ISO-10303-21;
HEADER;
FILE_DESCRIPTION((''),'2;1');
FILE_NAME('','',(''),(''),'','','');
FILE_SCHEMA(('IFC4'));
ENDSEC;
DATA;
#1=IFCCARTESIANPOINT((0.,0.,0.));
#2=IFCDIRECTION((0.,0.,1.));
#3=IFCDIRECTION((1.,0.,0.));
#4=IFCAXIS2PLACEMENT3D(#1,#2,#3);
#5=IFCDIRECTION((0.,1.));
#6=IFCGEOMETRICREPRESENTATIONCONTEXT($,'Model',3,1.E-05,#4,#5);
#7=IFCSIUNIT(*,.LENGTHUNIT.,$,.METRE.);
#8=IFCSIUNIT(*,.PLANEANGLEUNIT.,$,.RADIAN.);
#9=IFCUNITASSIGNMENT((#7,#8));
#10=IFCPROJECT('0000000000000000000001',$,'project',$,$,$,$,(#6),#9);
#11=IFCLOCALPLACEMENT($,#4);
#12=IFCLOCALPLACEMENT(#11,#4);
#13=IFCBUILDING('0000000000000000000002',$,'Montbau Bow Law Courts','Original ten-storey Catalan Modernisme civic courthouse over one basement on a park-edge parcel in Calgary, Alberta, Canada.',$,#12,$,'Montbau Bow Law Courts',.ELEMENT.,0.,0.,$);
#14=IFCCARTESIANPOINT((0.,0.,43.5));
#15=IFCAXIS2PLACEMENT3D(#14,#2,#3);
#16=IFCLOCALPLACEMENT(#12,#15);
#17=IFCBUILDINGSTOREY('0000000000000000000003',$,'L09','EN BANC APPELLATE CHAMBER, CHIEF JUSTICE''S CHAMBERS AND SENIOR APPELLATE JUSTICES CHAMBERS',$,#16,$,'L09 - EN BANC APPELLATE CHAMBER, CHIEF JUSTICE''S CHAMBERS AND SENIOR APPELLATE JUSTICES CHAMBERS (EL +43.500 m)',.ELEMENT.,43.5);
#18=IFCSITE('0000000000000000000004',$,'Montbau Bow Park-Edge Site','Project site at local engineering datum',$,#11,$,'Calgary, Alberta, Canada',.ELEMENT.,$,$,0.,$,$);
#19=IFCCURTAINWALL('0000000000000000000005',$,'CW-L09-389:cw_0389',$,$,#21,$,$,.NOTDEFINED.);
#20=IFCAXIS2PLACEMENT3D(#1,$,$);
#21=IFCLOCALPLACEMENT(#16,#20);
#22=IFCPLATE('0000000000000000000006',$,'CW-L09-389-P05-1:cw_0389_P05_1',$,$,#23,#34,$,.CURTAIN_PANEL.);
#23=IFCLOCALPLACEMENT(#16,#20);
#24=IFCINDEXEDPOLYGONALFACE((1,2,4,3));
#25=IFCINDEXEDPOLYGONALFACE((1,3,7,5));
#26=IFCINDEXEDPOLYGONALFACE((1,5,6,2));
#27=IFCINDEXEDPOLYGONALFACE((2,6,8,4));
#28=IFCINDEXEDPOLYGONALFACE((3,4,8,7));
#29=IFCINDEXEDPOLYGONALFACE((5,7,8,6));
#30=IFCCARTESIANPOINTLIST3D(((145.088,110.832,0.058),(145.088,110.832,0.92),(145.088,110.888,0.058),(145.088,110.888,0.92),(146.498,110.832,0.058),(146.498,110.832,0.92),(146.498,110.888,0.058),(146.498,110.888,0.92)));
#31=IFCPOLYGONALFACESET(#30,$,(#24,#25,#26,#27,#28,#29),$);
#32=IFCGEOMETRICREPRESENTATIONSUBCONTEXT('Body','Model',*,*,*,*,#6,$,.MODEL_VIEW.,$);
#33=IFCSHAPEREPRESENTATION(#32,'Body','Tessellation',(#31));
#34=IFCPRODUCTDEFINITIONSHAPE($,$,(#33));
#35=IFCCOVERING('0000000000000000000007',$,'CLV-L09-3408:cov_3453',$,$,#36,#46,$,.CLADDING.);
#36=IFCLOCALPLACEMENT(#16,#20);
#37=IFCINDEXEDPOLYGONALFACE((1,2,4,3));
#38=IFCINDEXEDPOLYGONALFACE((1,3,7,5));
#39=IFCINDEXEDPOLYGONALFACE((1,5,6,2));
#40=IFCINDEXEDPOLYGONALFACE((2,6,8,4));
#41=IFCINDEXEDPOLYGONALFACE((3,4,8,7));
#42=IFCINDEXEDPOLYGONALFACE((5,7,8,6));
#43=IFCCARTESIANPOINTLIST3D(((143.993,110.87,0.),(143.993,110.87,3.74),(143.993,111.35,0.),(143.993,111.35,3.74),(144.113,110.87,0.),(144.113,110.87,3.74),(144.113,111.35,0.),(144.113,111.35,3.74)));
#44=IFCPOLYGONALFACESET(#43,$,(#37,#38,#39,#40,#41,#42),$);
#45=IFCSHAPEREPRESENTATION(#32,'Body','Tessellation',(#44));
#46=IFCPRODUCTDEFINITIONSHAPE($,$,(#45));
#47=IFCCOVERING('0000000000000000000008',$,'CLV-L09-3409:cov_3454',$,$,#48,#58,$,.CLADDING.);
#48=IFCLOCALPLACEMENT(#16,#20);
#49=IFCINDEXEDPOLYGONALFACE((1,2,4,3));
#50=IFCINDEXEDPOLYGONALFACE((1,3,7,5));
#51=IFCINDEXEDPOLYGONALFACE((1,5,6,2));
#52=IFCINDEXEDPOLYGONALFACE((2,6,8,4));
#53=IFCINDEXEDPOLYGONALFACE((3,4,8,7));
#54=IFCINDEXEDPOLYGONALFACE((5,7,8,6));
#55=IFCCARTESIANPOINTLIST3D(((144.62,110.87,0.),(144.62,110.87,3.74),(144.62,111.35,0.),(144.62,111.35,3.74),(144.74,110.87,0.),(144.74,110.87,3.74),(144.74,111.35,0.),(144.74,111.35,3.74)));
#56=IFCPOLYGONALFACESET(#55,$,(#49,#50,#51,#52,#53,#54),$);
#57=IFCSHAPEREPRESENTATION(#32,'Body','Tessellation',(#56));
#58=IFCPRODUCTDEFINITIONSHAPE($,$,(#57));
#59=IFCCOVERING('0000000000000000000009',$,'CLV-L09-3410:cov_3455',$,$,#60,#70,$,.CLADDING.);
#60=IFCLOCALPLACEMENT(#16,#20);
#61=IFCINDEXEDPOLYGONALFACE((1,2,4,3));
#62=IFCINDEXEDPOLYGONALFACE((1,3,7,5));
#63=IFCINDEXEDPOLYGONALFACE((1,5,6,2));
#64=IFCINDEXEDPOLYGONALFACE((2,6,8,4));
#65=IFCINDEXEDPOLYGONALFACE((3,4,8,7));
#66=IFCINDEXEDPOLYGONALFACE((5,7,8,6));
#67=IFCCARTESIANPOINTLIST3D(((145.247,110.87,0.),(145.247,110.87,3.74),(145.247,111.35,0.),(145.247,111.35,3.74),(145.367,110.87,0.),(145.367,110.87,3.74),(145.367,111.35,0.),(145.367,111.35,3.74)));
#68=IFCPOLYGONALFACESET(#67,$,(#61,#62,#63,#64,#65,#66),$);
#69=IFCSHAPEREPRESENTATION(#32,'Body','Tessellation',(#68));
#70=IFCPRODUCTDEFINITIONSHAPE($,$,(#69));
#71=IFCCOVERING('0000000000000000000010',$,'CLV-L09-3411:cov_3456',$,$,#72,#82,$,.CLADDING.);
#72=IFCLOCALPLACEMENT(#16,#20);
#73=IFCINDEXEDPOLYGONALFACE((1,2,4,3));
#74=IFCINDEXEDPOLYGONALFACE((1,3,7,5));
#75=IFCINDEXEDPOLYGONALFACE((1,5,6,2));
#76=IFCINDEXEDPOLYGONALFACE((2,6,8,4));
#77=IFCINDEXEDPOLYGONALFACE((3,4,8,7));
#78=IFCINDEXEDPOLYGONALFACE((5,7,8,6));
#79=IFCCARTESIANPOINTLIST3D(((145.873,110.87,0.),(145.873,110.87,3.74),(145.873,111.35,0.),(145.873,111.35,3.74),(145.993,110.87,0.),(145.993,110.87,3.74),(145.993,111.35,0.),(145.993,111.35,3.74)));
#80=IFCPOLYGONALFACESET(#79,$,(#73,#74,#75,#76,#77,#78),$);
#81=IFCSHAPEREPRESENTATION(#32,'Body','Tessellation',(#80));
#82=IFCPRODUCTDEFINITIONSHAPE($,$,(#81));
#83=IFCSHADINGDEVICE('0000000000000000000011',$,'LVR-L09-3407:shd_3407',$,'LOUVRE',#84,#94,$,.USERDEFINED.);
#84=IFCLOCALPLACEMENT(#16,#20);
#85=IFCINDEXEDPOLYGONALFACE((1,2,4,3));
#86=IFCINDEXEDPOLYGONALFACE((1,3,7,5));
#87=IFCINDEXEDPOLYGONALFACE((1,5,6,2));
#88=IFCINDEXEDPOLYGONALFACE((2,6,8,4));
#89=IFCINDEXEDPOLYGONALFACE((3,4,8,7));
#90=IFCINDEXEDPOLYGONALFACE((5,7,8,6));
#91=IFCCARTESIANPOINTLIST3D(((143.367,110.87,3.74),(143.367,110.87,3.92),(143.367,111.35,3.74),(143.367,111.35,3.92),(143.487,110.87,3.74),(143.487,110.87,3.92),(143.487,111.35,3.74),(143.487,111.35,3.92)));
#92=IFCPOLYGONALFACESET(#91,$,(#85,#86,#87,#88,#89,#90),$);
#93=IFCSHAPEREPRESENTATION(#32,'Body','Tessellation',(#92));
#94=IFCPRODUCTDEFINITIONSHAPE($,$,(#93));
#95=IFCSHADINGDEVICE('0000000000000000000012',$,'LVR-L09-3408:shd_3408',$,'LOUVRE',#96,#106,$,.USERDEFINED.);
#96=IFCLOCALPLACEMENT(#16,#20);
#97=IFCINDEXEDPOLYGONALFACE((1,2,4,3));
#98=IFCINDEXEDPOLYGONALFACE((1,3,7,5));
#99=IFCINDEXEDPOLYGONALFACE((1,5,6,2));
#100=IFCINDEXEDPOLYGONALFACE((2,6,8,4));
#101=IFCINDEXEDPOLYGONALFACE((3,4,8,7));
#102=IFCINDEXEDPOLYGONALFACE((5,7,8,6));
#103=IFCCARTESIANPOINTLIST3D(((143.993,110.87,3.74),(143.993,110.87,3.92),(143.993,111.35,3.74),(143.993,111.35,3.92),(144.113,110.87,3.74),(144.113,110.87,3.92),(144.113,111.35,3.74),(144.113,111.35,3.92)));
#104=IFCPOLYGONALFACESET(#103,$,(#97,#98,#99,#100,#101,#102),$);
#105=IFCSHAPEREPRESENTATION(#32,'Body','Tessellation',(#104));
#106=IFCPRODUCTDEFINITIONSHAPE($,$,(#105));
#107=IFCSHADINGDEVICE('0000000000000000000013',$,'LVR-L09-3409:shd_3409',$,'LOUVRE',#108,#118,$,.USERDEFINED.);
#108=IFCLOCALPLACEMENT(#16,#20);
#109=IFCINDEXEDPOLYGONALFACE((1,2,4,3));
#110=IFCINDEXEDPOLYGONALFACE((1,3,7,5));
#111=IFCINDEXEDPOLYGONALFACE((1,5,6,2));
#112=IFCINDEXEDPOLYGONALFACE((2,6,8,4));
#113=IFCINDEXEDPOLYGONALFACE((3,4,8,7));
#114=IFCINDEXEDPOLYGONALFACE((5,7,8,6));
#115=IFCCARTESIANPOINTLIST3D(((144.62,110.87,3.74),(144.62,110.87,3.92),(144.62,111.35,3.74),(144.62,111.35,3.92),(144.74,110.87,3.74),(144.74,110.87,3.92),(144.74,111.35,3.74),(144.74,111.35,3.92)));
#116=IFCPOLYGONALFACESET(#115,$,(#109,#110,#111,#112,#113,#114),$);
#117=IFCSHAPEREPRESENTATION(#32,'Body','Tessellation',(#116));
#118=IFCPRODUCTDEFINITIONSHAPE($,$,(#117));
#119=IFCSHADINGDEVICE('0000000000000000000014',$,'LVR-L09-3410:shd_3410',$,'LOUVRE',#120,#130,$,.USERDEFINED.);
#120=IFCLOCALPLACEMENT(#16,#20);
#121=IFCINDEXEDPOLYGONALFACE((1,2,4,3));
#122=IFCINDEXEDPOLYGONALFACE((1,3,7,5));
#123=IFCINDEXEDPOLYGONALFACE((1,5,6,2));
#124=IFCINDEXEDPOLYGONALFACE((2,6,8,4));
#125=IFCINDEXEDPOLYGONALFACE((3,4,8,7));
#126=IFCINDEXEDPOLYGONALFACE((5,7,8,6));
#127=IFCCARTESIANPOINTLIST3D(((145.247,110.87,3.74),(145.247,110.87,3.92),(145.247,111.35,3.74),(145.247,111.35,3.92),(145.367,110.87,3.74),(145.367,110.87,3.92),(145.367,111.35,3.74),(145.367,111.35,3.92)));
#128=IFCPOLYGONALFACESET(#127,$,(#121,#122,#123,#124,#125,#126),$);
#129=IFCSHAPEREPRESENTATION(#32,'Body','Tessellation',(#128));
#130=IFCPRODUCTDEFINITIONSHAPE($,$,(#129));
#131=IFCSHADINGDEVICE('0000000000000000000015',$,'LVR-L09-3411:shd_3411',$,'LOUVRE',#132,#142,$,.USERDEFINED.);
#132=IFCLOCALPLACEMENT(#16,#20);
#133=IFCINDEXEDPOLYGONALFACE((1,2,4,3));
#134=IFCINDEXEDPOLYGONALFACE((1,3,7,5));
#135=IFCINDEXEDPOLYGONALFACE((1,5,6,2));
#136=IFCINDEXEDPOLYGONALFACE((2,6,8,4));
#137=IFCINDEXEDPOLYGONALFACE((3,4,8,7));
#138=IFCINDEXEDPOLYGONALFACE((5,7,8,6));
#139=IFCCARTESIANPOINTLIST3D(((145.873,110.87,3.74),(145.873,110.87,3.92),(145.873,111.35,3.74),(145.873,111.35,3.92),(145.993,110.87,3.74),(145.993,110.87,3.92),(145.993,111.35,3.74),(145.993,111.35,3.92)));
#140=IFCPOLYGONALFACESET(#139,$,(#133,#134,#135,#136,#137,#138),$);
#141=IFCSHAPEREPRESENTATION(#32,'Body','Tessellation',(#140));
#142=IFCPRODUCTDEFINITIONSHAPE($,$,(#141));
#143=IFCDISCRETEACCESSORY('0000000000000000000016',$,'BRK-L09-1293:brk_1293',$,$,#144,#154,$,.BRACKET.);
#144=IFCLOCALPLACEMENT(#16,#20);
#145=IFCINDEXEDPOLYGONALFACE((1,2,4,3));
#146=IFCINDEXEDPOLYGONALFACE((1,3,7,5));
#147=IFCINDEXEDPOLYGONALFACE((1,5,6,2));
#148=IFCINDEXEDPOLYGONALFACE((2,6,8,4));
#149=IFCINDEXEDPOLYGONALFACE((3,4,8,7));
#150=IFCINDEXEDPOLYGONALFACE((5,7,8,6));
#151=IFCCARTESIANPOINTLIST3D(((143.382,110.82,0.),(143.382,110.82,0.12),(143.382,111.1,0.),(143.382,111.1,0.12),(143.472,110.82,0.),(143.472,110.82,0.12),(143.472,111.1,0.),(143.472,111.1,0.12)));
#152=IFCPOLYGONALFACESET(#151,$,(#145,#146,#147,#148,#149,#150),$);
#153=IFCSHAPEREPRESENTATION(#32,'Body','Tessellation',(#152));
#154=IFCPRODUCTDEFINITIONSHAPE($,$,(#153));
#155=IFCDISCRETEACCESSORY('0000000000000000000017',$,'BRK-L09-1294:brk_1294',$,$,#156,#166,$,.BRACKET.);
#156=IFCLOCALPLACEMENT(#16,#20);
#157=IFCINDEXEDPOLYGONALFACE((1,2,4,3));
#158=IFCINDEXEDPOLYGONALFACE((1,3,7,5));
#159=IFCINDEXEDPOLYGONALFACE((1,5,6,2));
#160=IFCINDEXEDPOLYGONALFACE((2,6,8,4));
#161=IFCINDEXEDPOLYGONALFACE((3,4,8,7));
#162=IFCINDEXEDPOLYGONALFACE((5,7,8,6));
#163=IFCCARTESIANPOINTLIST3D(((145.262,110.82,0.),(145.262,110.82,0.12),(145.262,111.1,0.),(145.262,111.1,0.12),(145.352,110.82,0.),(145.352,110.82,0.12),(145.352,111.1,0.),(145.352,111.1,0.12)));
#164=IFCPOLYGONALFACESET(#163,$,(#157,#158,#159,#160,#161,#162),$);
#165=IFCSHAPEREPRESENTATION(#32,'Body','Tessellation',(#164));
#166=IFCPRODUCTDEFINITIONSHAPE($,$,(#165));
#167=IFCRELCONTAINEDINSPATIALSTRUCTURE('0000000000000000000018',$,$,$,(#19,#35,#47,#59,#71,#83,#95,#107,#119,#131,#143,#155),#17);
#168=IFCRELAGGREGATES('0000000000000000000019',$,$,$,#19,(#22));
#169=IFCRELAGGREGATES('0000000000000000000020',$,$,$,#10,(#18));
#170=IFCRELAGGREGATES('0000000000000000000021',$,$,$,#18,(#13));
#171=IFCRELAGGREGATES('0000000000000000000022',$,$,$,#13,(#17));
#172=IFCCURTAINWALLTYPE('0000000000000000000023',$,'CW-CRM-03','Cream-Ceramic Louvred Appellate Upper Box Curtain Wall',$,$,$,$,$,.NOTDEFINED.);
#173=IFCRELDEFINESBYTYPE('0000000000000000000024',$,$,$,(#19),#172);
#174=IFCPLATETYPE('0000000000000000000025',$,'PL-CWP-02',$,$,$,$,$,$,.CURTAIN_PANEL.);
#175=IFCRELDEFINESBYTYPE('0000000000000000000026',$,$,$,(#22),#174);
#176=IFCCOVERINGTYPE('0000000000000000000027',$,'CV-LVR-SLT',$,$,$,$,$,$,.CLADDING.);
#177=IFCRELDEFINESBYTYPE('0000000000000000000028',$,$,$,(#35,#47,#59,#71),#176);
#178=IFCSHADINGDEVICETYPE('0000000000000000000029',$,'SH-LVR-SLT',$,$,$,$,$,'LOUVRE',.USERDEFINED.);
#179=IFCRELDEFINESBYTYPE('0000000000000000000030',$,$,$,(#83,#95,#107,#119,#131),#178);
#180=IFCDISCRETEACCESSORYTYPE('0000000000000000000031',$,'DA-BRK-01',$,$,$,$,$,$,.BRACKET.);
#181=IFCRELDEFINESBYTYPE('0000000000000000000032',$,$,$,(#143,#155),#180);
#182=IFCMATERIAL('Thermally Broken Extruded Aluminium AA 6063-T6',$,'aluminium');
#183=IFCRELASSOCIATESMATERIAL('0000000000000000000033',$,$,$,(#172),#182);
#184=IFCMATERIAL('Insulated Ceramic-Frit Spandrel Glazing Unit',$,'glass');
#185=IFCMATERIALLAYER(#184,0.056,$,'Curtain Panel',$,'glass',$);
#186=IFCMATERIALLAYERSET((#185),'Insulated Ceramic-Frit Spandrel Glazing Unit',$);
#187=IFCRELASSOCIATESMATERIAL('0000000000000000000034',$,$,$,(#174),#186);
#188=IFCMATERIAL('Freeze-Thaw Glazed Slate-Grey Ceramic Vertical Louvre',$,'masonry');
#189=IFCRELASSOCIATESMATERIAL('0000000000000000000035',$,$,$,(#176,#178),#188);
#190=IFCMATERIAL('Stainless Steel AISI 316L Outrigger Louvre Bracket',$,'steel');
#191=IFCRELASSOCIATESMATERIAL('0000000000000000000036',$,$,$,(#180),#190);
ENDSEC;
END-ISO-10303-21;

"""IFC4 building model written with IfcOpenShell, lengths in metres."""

from ifc_helpers import new_model, si_unit, direction, frame, frame_2d, origin_with_axes, origin_2d_with_axis, place, context, subcontext, project, spatial, rectangle, extrude, material, layer, layer_set, type_object, element, aggregate, save


model = new_model("IFC4")

# Units and contexts
model_context = context("Model", 3, precision=1e-05, world=origin_with_axes(), true_north=direction((0.0, 1.0)))
body_context = subcontext(model_context, "Body", "Model", "MODEL_VIEW")
ifc_project = project(units=[si_unit("LENGTHUNIT", "METRE"), si_unit("PLANEANGLEUNIT", "RADIAN")], contexts=[model_context])

# Site, building, storey
site_placement = place(None, origin_with_axes())
site = spatial("IfcSite", under=ifc_project, at=site_placement, Name="Montbau Bow Park-Edge Site", Description="Project site at local engineering datum", LongName="Calgary, Alberta, Canada", CompositionType="ELEMENT", RefElevation=0.0)
building_placement = place(site_placement, origin_with_axes())
building = spatial("IfcBuilding", under=site, at=building_placement, Name="Montbau Bow Law Courts", Description="Original ten-storey Catalan Modernisme civic courthouse over one basement on a park-edge parcel in Calgary, Alberta, Canada.", LongName="Montbau Bow Law Courts", CompositionType="ELEMENT", ElevationOfRefHeight=0.0, ElevationOfTerrain=0.0)
storey_placement = place(building_placement, frame((0.0, 0.0, 43.5), z_axis=(0.0, 0.0, 1.0), x_axis=(1.0, 0.0, 0.0)))
storey = spatial("IfcBuildingStorey", under=building, at=storey_placement, Name="L09", Description="EN BANC APPELLATE CHAMBER, CHIEF JUSTICE'S CHAMBERS AND SENIOR APPELLATE JUSTICES CHAMBERS", LongName="L09 - EN BANC APPELLATE CHAMBER, CHIEF JUSTICE'S CHAMBERS AND SENIOR APPELLATE JUSTICES CHAMBERS (EL +43.500 m)", CompositionType="ELEMENT", Elevation=43.5)

# Curtain wall, plate
ifc_material_1 = material(Name="Thermally Broken Extruded Aluminium AA 6063-T6", Category="aluminium")
curtain_wall_type = type_object("IfcCurtainWallType", Name="CW-CRM-03", Description="Cream-Ceramic Louvred Appellate Upper Box Curtain Wall", PredefinedType="NOTDEFINED", material=ifc_material_1)
curtain_wall_placement = place(None, frame((139.04, 110.86, 43.5), z_axis=(0.0, 0.0, 1.0), x_axis=(1.0, 0.0, 0.0)))
curtain_wall = element("IfcCurtainWall", 1, at=curtain_wall_placement, inside=storey, type_object=curtain_wall_type, Name="CW-L09-389:cw_0389", PredefinedType="NOTDEFINED")
ifc_material_2 = material(Name="Insulated Ceramic-Frit Spandrel Glazing Unit", Category="glass")
ifc_layer_1 = layer(ifc_material_2, 0.056, Name="Curtain Panel", Category="glass")
ifc_layer_set_1 = layer_set([ifc_layer_1], Name="Insulated Ceramic-Frit Spandrel Glazing Unit")
plate_type_1 = type_object("IfcPlateType", Name="PL-CWP-02", PredefinedType="CURTAIN_PANEL", material=ifc_layer_set_1)
plate_1_placement = place(None, frame((145.088, 110.86, 43.558), z_axis=(0.0, -1.0, 0.0), x_axis=(1.0, 0.0, 0.0)))
plate_1 = element("IfcPlate", 2, at=plate_1_placement, type_object=plate_type_1, Name="CW-L09-389-P05-1:cw_0389_P05_1", PredefinedType="CURTAIN_PANEL", context=body_context, shape_type="SweptSolid", body=[
    extrude(rectangle(XDim=1.41, YDim=0.862, at=frame_2d((0.705, 0.431), x_axis=(1.0, 0.0))), frame((0.0, 0.0, -0.028), z_axis=(0.0, 0.0, 1.0), x_axis=(1.0, 0.0, 0.0)), (0.0, 0.0, 1.0), 0.056),
])
aggregate(curtain_wall, [plate_1])

# Coverings
ifc_material_3 = material(Name="Freeze-Thaw Glazed Slate-Grey Ceramic Vertical Louvre", Category="masonry")
covering_type = type_object("IfcCoveringType", Name="CV-LVR-SLT", PredefinedType="CLADDING", material=ifc_material_3)
for number, where, z_axis, x_axis, name in (
    (3, (144.053, 110.87, 43.5), (1.0, 0.0, 0.0), (0.0, 1.0, 0.0), "CLV-L09-3408:cov_3453"),
    (4, (144.68, 110.87, 43.5), (1.0, 0.0, 0.0), (0.0, 1.0, 0.0), "CLV-L09-3409:cov_3454"),
    (5, (145.307, 110.87, 43.5), (1.0, 0.0, 0.0), (0.0, 1.0, 0.0), "CLV-L09-3410:cov_3455"),
    (6, (145.933, 110.87, 43.5), (1.0, 0.0, 0.0), (0.0, 1.0, 0.0), "CLV-L09-3411:cov_3456"),
):
    element("IfcCovering", number, at=place(None, frame(where, z_axis=z_axis, x_axis=x_axis)), inside=storey, type_object=covering_type, Name=name, PredefinedType="CLADDING", context=body_context, shape_type="SweptSolid", body=[
        extrude(rectangle(XDim=0.48, YDim=3.74, at=frame_2d((0.24, 1.87), x_axis=(1.0, 0.0))), frame((0.0, 0.0, -0.06), z_axis=(0.0, 0.0, 1.0), x_axis=(1.0, 0.0, 0.0)), (0.0, 0.0, 1.0), 0.12),
    ])

# Shading devices
shading_device_type = type_object("IfcShadingDeviceType", Name="SH-LVR-SLT", ElementType="LOUVRE", PredefinedType="USERDEFINED", material=ifc_material_3)
for number, where, z_axis, x_axis, name in (
    (7, (143.427, 111.11, 47.24), (0.0, 0.0, 1.0), (0.0, 1.0, 0.0), "LVR-L09-3407:shd_3407"),
    (8, (144.053, 111.11, 47.24), (0.0, 0.0, 1.0), (0.0, 1.0, 0.0), "LVR-L09-3408:shd_3408"),
    (9, (144.68, 111.11, 47.24), (0.0, 0.0, 1.0), (0.0, 1.0, 0.0), "LVR-L09-3409:shd_3409"),
    (10, (145.307, 111.11, 47.24), (0.0, 0.0, 1.0), (0.0, 1.0, 0.0), "LVR-L09-3410:shd_3410"),
    (11, (145.933, 111.11, 47.24), (0.0, 0.0, 1.0), (0.0, 1.0, 0.0), "LVR-L09-3411:shd_3411"),
):
    element("IfcShadingDevice", number, at=place(None, frame(where, z_axis=z_axis, x_axis=x_axis)), inside=storey, type_object=shading_device_type, Name=name, ObjectType="LOUVRE", PredefinedType="USERDEFINED", context=body_context, shape_type="SweptSolid", body=[
        extrude(rectangle(XDim=0.48, YDim=0.12, at=origin_2d_with_axis()), origin_with_axes(), (0.0, 0.0, 1.0), 0.18),
    ])

# Discrete accessories
ifc_material_4 = material(Name="Stainless Steel AISI 316L Outrigger Louvre Bracket", Category="steel")
discrete_accessory_type = type_object("IfcDiscreteAccessoryType", Name="DA-BRK-01", PredefinedType="BRACKET", material=ifc_material_4)
for number, where, z_axis, x_axis, name in (
    (12, (143.427, 110.96, 43.5), (0.0, 0.0, 1.0), (0.0, 1.0, 0.0), "BRK-L09-1293:brk_1293"),
    (13, (145.307, 110.96, 43.5), (0.0, 0.0, 1.0), (0.0, 1.0, 0.0), "BRK-L09-1294:brk_1294"),
):
    element("IfcDiscreteAccessory", number, at=place(None, frame(where, z_axis=z_axis, x_axis=x_axis)), inside=storey, type_object=discrete_accessory_type, Name=name, PredefinedType="BRACKET", context=body_context, shape_type="SweptSolid", body=[
        extrude(rectangle(XDim=0.28, YDim=0.09, at=origin_2d_with_axis()), origin_with_axes(), (0.0, 0.0, 1.0), 0.12),
    ])

save(model, "model.ifc")
